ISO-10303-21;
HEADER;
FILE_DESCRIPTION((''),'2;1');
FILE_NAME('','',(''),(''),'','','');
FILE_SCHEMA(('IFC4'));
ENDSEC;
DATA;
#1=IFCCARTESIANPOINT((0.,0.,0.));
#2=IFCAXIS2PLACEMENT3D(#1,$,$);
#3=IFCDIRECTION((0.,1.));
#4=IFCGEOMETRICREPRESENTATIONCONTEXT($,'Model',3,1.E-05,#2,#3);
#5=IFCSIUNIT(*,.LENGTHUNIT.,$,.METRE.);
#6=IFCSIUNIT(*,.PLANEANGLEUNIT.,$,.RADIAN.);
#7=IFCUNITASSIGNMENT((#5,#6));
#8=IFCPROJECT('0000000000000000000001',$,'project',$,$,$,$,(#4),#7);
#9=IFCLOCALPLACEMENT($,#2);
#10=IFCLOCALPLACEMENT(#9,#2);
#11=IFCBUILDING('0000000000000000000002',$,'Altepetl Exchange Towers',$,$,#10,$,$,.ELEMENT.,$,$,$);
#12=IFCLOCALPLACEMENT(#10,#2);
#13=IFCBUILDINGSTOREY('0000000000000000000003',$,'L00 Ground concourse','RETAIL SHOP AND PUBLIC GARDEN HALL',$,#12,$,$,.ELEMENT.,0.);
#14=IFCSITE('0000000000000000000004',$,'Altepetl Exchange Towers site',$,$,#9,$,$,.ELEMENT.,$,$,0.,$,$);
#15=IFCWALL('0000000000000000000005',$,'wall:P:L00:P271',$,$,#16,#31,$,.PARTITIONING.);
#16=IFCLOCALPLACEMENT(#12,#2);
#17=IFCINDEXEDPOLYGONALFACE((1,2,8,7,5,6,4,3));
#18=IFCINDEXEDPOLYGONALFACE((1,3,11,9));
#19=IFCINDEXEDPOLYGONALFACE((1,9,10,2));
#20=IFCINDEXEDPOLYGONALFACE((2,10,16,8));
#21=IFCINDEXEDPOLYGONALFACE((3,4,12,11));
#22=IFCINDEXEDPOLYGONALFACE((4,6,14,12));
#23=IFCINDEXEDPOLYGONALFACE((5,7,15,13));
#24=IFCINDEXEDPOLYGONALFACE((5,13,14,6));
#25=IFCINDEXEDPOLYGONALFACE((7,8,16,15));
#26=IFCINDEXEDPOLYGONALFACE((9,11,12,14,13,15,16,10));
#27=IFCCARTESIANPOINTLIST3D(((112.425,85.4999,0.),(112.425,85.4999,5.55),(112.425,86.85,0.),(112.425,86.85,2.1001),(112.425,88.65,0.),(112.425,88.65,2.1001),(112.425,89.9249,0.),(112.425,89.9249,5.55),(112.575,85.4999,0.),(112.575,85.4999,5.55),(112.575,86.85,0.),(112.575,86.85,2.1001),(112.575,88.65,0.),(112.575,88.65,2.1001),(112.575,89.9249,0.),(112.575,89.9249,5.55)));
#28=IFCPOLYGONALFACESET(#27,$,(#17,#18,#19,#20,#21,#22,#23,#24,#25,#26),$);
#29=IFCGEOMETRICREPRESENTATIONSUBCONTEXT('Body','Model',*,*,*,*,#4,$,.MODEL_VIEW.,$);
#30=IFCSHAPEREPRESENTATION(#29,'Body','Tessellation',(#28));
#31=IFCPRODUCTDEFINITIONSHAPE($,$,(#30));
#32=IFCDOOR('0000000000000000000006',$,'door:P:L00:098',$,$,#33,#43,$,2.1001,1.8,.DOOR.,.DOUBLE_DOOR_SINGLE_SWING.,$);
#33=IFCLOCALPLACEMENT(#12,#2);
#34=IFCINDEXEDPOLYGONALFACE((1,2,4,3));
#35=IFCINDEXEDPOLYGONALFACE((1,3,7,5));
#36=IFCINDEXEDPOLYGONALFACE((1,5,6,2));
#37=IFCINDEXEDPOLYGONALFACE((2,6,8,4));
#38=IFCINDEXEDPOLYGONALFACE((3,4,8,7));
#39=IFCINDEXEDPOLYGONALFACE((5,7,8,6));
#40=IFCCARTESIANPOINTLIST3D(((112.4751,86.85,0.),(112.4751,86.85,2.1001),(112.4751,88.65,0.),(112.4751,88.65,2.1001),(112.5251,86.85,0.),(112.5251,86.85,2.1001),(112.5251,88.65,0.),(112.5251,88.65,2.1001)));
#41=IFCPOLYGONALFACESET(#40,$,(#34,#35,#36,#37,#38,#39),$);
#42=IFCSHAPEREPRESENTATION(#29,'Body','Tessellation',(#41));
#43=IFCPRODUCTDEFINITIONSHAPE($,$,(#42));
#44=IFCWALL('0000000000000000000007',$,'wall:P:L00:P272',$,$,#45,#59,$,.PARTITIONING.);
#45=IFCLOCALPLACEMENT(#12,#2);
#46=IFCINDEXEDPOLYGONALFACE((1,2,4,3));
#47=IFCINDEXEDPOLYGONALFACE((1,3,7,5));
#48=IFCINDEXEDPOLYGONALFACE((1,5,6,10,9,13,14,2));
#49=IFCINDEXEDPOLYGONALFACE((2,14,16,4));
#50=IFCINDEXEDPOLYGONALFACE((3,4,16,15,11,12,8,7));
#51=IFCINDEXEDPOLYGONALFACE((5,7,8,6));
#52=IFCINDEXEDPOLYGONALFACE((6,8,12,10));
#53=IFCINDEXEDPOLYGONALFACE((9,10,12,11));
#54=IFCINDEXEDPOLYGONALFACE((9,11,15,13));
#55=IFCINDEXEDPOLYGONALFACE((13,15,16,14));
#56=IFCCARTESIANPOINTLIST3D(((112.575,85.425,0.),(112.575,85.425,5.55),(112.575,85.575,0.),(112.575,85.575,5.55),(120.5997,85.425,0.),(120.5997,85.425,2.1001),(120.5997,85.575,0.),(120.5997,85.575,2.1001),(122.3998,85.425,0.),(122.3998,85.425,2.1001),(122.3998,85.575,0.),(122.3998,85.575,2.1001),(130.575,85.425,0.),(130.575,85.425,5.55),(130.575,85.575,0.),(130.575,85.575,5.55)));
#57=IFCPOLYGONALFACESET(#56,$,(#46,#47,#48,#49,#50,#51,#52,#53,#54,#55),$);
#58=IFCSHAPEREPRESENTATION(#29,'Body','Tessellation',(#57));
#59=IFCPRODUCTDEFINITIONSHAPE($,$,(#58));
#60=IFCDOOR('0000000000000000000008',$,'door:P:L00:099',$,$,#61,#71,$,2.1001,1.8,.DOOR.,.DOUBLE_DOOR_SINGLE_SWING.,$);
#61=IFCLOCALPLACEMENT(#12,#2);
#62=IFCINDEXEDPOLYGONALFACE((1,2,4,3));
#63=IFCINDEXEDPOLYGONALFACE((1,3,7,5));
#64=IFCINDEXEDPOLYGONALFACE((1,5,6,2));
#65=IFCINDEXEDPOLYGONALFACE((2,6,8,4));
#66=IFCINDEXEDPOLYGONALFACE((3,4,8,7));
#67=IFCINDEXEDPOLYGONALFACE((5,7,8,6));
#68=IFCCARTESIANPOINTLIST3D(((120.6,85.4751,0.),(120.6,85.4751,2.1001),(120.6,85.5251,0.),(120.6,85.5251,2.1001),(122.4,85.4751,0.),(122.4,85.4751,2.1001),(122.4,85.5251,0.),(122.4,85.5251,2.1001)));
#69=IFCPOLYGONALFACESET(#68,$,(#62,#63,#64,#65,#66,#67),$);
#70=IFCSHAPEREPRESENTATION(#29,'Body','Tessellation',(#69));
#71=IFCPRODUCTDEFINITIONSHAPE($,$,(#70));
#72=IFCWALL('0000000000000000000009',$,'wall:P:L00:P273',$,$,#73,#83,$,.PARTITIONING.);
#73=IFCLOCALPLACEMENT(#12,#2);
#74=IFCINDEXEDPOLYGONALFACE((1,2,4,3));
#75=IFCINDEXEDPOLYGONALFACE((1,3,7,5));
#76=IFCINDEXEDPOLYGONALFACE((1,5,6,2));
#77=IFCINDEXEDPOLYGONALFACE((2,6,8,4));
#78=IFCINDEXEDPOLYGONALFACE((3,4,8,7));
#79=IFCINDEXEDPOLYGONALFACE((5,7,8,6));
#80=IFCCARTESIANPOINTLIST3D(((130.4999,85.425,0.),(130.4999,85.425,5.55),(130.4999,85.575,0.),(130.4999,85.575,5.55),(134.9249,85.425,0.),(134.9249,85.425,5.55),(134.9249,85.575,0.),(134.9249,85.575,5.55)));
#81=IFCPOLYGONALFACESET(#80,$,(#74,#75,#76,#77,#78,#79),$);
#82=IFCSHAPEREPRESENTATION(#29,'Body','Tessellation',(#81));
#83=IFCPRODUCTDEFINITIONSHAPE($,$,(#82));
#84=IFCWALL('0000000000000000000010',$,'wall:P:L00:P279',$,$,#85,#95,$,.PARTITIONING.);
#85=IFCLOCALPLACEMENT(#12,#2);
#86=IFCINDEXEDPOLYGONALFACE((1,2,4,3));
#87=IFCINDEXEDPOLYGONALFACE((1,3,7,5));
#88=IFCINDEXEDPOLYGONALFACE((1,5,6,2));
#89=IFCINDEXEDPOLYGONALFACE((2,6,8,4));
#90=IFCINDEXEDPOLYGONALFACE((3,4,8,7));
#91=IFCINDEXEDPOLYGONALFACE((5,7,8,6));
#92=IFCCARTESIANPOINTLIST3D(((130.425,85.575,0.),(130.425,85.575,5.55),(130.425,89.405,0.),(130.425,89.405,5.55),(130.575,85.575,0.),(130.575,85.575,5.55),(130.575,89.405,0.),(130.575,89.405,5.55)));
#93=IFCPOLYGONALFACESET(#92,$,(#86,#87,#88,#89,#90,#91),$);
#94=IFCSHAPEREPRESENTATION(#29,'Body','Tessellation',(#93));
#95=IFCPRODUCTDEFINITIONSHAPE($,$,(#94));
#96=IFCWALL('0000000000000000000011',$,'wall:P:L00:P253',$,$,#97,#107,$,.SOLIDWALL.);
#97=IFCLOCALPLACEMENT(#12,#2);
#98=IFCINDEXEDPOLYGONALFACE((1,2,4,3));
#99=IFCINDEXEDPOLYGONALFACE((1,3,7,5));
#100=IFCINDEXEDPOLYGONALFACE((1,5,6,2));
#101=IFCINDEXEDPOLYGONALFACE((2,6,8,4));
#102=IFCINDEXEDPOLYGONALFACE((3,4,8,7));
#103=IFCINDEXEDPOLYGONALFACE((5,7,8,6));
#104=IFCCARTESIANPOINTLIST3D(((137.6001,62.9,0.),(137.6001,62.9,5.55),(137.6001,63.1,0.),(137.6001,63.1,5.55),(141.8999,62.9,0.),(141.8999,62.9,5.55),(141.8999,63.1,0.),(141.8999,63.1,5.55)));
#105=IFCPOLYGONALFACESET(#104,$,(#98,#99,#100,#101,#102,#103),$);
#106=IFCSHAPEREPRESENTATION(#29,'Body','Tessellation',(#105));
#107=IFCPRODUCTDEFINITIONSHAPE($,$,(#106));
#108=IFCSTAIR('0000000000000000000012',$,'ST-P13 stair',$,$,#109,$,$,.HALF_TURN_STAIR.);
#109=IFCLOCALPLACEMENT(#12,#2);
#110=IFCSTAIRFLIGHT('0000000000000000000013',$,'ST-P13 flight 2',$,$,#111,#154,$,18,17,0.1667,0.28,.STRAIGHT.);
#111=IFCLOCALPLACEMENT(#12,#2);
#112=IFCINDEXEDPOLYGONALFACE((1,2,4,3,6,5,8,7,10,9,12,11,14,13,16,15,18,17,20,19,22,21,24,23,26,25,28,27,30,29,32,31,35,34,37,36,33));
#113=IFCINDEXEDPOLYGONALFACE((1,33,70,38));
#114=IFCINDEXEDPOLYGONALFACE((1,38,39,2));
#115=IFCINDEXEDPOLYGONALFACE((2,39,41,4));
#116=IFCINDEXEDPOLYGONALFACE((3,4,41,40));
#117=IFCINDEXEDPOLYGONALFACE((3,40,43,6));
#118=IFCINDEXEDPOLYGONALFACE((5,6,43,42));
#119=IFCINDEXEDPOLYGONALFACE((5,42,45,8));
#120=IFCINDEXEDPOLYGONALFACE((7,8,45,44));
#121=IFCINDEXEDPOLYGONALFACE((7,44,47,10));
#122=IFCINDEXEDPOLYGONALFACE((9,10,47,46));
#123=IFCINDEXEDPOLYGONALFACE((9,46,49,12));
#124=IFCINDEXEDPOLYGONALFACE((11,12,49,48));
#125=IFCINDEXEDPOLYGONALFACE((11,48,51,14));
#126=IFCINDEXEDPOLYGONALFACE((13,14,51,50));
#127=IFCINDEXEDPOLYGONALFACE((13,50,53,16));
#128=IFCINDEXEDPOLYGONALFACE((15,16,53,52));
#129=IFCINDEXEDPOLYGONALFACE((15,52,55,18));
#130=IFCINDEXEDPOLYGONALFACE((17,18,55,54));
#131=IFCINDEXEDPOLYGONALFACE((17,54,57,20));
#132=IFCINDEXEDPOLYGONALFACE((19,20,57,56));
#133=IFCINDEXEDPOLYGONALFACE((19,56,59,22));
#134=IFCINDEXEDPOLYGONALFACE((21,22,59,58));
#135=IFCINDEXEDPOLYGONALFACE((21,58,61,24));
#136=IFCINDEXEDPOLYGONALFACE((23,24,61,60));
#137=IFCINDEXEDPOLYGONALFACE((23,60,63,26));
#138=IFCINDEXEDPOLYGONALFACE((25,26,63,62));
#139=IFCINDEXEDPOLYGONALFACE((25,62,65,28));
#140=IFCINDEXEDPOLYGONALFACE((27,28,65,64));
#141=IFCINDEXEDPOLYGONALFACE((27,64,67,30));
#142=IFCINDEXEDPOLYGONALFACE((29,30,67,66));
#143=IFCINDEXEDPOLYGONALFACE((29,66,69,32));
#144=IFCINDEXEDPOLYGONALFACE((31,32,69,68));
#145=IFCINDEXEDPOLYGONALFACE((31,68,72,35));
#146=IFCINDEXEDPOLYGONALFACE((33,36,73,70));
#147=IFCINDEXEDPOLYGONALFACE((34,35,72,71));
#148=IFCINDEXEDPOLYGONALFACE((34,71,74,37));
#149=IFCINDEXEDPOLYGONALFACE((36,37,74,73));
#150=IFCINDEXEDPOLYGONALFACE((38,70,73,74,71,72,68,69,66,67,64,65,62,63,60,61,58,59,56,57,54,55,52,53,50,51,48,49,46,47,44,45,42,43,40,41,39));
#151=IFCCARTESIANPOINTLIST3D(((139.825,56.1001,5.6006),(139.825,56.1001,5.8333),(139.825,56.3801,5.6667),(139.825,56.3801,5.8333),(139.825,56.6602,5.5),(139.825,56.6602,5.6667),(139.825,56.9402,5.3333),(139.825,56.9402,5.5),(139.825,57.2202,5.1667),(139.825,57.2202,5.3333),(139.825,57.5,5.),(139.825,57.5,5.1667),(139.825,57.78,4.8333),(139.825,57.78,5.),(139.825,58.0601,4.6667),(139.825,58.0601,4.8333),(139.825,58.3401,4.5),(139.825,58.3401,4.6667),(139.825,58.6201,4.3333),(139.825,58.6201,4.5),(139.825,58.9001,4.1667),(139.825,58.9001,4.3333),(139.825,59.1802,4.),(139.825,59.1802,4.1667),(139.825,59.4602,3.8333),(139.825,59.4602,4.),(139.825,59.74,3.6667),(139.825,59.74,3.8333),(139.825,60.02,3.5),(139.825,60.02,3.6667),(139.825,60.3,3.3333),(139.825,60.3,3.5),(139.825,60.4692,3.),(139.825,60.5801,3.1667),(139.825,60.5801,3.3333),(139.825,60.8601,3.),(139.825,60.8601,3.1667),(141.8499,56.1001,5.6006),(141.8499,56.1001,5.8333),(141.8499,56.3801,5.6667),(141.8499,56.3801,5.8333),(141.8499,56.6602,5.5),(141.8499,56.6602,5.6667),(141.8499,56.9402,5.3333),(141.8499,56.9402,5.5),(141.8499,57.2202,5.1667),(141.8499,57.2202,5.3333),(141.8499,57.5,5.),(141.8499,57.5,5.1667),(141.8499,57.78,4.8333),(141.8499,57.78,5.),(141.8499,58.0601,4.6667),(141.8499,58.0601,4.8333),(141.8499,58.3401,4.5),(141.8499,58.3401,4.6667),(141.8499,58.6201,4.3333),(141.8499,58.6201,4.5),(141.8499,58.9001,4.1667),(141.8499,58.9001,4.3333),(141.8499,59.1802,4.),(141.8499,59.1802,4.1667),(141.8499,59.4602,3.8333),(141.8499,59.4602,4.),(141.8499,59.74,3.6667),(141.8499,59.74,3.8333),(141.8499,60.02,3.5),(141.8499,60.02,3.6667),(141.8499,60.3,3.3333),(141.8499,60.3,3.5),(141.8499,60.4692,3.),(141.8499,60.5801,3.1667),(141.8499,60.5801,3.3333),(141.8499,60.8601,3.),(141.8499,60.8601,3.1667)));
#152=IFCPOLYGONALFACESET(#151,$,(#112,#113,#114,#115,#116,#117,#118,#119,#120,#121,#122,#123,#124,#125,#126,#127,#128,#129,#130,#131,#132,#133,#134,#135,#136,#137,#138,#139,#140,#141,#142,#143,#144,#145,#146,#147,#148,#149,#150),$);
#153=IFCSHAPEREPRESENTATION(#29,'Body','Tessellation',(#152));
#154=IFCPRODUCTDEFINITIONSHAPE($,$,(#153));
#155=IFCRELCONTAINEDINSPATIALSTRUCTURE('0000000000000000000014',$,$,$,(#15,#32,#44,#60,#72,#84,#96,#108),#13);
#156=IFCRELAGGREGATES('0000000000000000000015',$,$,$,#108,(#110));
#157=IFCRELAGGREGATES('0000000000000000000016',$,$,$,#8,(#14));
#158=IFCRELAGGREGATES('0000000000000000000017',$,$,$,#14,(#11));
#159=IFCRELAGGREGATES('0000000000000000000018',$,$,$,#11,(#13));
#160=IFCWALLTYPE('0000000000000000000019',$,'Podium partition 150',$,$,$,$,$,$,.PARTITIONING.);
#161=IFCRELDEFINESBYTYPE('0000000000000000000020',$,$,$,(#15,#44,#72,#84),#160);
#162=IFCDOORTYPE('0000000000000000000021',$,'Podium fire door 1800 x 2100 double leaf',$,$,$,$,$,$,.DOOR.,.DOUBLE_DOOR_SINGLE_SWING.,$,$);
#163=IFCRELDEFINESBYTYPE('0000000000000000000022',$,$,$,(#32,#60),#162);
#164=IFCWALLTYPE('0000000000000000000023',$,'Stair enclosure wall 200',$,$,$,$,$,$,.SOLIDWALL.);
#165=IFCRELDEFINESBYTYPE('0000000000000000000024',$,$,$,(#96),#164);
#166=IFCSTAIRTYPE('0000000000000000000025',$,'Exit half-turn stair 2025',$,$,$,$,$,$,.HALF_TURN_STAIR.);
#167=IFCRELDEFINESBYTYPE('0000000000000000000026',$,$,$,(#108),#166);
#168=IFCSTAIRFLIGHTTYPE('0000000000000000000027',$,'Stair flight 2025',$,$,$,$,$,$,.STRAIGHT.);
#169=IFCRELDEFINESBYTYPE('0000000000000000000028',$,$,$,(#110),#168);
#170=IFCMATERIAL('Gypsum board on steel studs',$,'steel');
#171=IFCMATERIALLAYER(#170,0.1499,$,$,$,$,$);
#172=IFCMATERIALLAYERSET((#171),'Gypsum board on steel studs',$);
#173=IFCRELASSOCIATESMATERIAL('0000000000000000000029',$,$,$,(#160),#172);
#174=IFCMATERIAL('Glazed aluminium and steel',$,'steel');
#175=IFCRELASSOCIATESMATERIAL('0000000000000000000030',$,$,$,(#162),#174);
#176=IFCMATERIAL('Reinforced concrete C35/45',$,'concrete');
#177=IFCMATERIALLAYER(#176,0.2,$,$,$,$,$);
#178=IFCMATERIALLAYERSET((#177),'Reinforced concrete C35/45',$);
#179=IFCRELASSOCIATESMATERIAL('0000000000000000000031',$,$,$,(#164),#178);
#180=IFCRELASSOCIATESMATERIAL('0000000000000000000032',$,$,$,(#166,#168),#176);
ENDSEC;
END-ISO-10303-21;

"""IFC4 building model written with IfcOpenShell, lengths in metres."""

from ifc_helpers import new_model, si_unit, direction, frame, frame_2d, origin, place, context, subcontext, project, spatial, polyline, rectangle, outline, extrude, material, layer, layer_set, type_object, element, fill, aggregate, save


model = new_model("IFC4")

# Units and contexts
model_context = context("Model", 3, precision=1e-05, world=origin(), true_north=direction((0.0, 1.0)))
body_context = subcontext(model_context, "Body", "Model", "MODEL_VIEW")
ifc_project = project(units=[si_unit("LENGTHUNIT", "METRE"), si_unit("PLANEANGLEUNIT", "RADIAN")], contexts=[model_context])

# Site, building, storey
site_placement = place(None, origin())
site = spatial("IfcSite", under=ifc_project, at=site_placement, Name="Altepetl Exchange Towers site", CompositionType="ELEMENT", RefElevation=0.0)
building_placement = place(site_placement, origin())
building = spatial("IfcBuilding", under=site, at=building_placement, Name="Altepetl Exchange Towers", CompositionType="ELEMENT")
storey_placement = place(building_placement, origin())
storey = spatial("IfcBuildingStorey", under=building, at=storey_placement, Name="L00 Ground concourse", Description="RETAIL SHOP AND PUBLIC GARDEN HALL", CompositionType="ELEMENT", Elevation=0.0)

# Shared definitions
ifc_material_1 = material(Name="Reinforced concrete C35/45", Category="concrete")

# Shared definitions
ifc_material_2 = material(Name="Gypsum board on steel studs", Category="steel")
ifc_layer_1 = layer(ifc_material_2, 0.1499)
ifc_layer_set_1 = layer_set([ifc_layer_1], Name="Gypsum board on steel studs")
wall_type_1 = type_object("IfcWallType", Name="Podium partition 150", PredefinedType="PARTITIONING", material=ifc_layer_set_1)
ifc_material_3 = material(Name="Glazed aluminium and steel", Category="steel")
door_type = type_object("IfcDoorType", Name="Podium fire door 1800 x 2100 double leaf", OperationType="DOUBLE_DOOR_SINGLE_SWING", PredefinedType="DOOR", material=ifc_material_3)

# Walls, openings, doors
wall_1_placement = place(storey_placement, frame((112.5, 85.5, 0.0), z_axis=(0.0, 0.0, 1.0), x_axis=(0.0, 1.0, 0.0)))
wall_1 = element("IfcWall", 1, at=wall_1_placement, inside=storey, type_object=wall_type_1, Name="wall:P:L00:P271", PredefinedType="PARTITIONING", context=body_context, shape_type="SweptSolid", body=[
    extrude(rectangle(XDim=4.425, YDim=0.1499, at=frame_2d((2.2124, 0.0))), origin(), (0.0, 0.0, 1.0), 5.55),
])
opening_1_placement = place(wall_1_placement, frame((1.3501, 0.0, 0.0)))
opening_1 = element("IfcOpeningElement", 2, at=opening_1_placement, cuts=wall_1, PredefinedType="OPENING", context=body_context, shape_type="SweptSolid", body=[
    extrude(rectangle(XDim=1.8, YDim=2.1001, at=frame_2d((0.8999, 1.05))), frame((0.0, 0.085, 0.0), z_axis=(0.0, -1.0, 0.0), x_axis=(1.0, 0.0, 0.0)), (0.0, 0.0, 1.0), 0.1699),
])
door_1_placement = place(opening_1_placement, origin())
door_1 = element("IfcDoor", 3, at=door_1_placement, inside=storey, type_object=door_type, Name="door:P:L00:098", OperationType="DOUBLE_DOOR_SINGLE_SWING", OverallHeight=2.1001, OverallWidth=1.8, PredefinedType="DOOR", context=body_context, shape_type="SweptSolid", body=[
    extrude(rectangle(XDim=1.8, YDim=2.1001, at=frame_2d((0.8999, 1.05))), frame((0.0, 0.0249, 0.0), z_axis=(0.0, -1.0, 0.0), x_axis=(1.0, 0.0, 0.0)), (0.0, 0.0, 1.0), 0.05),
])
fill(opening_1, door_1)
wall_2_placement = place(storey_placement, frame((112.575, 85.5, 0.0)))
wall_2 = element("IfcWall", 4, at=wall_2_placement, inside=storey, type_object=wall_type_1, Name="wall:P:L00:P272", PredefinedType="PARTITIONING", context=body_context, shape_type="SweptSolid", body=[
    extrude(rectangle(XDim=18.0, YDim=0.1499, at=frame_2d((9.0, 0.0))), origin(), (0.0, 0.0, 1.0), 5.55),
])
opening_2_placement = place(wall_2_placement, frame((8.0249, 0.0, 0.0)))
opening_2 = element("IfcOpeningElement", 5, at=opening_2_placement, cuts=wall_2, PredefinedType="OPENING", context=body_context, shape_type="SweptSolid", body=[
    extrude(rectangle(XDim=1.8, YDim=2.1001, at=frame_2d((0.8999, 1.05))), frame((0.0, 0.085, 0.0), z_axis=(0.0, -1.0, 0.0), x_axis=(1.0, 0.0, 0.0)), (0.0, 0.0, 1.0), 0.1699),
])
door_2_placement = place(opening_2_placement, frame((1.8, 0.0, 0.0), x_axis=(-1.0, 0.0, 0.0)))
door_2 = element("IfcDoor", 6, at=door_2_placement, inside=storey, type_object=door_type, Name="door:P:L00:099", OperationType="DOUBLE_DOOR_SINGLE_SWING", OverallHeight=2.1001, OverallWidth=1.8, PredefinedType="DOOR", context=body_context, shape_type="SweptSolid", body=[
    extrude(rectangle(XDim=1.8, YDim=2.1001, at=frame_2d((0.8999, 1.05))), frame((0.0, 0.0249, 0.0), z_axis=(0.0, -1.0, 0.0), x_axis=(1.0, 0.0, 0.0)), (0.0, 0.0, 1.0), 0.05),
])
fill(opening_2, door_2)

# Walls
wall_3_placement = place(storey_placement, frame((130.5, 85.5, 0.0)))
element("IfcWall", 7, at=wall_3_placement, inside=storey, type_object=wall_type_1, Name="wall:P:L00:P273", PredefinedType="PARTITIONING", context=body_context, shape_type="SweptSolid", body=[
    extrude(rectangle(XDim=4.425, YDim=0.1499, at=frame_2d((2.2124, 0.0))), origin(), (0.0, 0.0, 1.0), 5.55),
])
wall_4_placement = place(storey_placement, frame((130.5, 85.575, 0.0), z_axis=(0.0, 0.0, 1.0), x_axis=(0.0, 1.0, 0.0)))
element("IfcWall", 8, at=wall_4_placement, inside=storey, type_object=wall_type_1, Name="wall:P:L00:P279", PredefinedType="PARTITIONING", context=body_context, shape_type="SweptSolid", body=[
    extrude(rectangle(XDim=3.8301, YDim=0.1499, at=frame_2d((1.915, 0.0))), origin(), (0.0, 0.0, 1.0), 5.55),
])
ifc_layer_2 = layer(ifc_material_1, 0.2)
ifc_layer_set_2 = layer_set([ifc_layer_2], Name="Reinforced concrete C35/45")
wall_type_2 = type_object("IfcWallType", Name="Stair enclosure wall 200", PredefinedType="SOLIDWALL", material=ifc_layer_set_2)
wall_5_placement = place(storey_placement, frame((137.6001, 63.0, 0.0)))
element("IfcWall", 9, at=wall_5_placement, inside=storey, type_object=wall_type_2, Name="wall:P:L00:P253", PredefinedType="SOLIDWALL", context=body_context, shape_type="SweptSolid", body=[
    extrude(rectangle(XDim=4.2998, YDim=0.2, at=frame_2d((2.1499, 0.0))), origin(), (0.0, 0.0, 1.0), 5.55),
])

# Stair, stair flight
stair_type = type_object("IfcStairType", Name="Exit half-turn stair 2025", PredefinedType="HALF_TURN_STAIR", material=ifc_material_1)
stair_placement = place(storey_placement, origin())
stair = element("IfcStair", 10, at=stair_placement, inside=storey, type_object=stair_type, Name="ST-P13 stair", PredefinedType="HALF_TURN_STAIR")
stair_flight_type = type_object("IfcStairFlightType", Name="Stair flight 2025", PredefinedType="STRAIGHT", material=ifc_material_1)
stair_flight_placement = place(storey_placement, frame((140.8374, 60.8601, 3.0), z_axis=(0.0, 0.0, 1.0), x_axis=(0.0, -1.0, 0.0)))
stair_flight = element("IfcStairFlight", 11, at=stair_flight_placement, type_object=stair_flight_type, Name="ST-P13 flight 2", NumberOfRisers=18, NumberOfTreads=17, PredefinedType="STRAIGHT", RiserHeight=0.1667, TreadLength=0.28, context=body_context, shape_type="SweptSolid", body=[
    extrude(outline(polyline([(0.0, 0.0), (0.0, 0.1667), (0.28, 0.1667), (0.28, 0.3333), (0.5601, 0.3333), (0.5601, 0.5), (0.8401, 0.5), (0.8401, 0.6667), (1.1201, 0.6667), (1.1201, 0.8333), (1.3999, 0.8333), (1.3999, 1.0), (1.6799, 1.0), (1.6799, 1.1667), (1.96, 1.1667), (1.96, 1.3333), (2.24, 1.3333), (2.24, 1.5), (2.52, 1.5), (2.52, 1.6667), (2.8, 1.6667), (2.8, 1.8333), (3.0801, 1.8333), (3.0801, 2.0), (3.3601, 2.0), (3.3601, 2.1667), (3.6399, 2.1667), (3.6399, 2.3333), (3.9199, 2.3333), (3.9199, 2.5), (4.2, 2.5), (4.2, 2.6667), (4.48, 2.6667), (4.48, 2.8333), (4.76, 2.8333), (4.76, 3.0), (4.76, 2.6006), (0.3909, 0.0), (0.0, 0.0)])), frame((0.0, 1.0125, 0.0), z_axis=(0.0, -1.0, 0.0), x_axis=(1.0, 0.0, 0.0)), (0.0, 0.0, 1.0), 2.0249),
])
aggregate(stair, [stair_flight])

save(model, "model.ifc")
